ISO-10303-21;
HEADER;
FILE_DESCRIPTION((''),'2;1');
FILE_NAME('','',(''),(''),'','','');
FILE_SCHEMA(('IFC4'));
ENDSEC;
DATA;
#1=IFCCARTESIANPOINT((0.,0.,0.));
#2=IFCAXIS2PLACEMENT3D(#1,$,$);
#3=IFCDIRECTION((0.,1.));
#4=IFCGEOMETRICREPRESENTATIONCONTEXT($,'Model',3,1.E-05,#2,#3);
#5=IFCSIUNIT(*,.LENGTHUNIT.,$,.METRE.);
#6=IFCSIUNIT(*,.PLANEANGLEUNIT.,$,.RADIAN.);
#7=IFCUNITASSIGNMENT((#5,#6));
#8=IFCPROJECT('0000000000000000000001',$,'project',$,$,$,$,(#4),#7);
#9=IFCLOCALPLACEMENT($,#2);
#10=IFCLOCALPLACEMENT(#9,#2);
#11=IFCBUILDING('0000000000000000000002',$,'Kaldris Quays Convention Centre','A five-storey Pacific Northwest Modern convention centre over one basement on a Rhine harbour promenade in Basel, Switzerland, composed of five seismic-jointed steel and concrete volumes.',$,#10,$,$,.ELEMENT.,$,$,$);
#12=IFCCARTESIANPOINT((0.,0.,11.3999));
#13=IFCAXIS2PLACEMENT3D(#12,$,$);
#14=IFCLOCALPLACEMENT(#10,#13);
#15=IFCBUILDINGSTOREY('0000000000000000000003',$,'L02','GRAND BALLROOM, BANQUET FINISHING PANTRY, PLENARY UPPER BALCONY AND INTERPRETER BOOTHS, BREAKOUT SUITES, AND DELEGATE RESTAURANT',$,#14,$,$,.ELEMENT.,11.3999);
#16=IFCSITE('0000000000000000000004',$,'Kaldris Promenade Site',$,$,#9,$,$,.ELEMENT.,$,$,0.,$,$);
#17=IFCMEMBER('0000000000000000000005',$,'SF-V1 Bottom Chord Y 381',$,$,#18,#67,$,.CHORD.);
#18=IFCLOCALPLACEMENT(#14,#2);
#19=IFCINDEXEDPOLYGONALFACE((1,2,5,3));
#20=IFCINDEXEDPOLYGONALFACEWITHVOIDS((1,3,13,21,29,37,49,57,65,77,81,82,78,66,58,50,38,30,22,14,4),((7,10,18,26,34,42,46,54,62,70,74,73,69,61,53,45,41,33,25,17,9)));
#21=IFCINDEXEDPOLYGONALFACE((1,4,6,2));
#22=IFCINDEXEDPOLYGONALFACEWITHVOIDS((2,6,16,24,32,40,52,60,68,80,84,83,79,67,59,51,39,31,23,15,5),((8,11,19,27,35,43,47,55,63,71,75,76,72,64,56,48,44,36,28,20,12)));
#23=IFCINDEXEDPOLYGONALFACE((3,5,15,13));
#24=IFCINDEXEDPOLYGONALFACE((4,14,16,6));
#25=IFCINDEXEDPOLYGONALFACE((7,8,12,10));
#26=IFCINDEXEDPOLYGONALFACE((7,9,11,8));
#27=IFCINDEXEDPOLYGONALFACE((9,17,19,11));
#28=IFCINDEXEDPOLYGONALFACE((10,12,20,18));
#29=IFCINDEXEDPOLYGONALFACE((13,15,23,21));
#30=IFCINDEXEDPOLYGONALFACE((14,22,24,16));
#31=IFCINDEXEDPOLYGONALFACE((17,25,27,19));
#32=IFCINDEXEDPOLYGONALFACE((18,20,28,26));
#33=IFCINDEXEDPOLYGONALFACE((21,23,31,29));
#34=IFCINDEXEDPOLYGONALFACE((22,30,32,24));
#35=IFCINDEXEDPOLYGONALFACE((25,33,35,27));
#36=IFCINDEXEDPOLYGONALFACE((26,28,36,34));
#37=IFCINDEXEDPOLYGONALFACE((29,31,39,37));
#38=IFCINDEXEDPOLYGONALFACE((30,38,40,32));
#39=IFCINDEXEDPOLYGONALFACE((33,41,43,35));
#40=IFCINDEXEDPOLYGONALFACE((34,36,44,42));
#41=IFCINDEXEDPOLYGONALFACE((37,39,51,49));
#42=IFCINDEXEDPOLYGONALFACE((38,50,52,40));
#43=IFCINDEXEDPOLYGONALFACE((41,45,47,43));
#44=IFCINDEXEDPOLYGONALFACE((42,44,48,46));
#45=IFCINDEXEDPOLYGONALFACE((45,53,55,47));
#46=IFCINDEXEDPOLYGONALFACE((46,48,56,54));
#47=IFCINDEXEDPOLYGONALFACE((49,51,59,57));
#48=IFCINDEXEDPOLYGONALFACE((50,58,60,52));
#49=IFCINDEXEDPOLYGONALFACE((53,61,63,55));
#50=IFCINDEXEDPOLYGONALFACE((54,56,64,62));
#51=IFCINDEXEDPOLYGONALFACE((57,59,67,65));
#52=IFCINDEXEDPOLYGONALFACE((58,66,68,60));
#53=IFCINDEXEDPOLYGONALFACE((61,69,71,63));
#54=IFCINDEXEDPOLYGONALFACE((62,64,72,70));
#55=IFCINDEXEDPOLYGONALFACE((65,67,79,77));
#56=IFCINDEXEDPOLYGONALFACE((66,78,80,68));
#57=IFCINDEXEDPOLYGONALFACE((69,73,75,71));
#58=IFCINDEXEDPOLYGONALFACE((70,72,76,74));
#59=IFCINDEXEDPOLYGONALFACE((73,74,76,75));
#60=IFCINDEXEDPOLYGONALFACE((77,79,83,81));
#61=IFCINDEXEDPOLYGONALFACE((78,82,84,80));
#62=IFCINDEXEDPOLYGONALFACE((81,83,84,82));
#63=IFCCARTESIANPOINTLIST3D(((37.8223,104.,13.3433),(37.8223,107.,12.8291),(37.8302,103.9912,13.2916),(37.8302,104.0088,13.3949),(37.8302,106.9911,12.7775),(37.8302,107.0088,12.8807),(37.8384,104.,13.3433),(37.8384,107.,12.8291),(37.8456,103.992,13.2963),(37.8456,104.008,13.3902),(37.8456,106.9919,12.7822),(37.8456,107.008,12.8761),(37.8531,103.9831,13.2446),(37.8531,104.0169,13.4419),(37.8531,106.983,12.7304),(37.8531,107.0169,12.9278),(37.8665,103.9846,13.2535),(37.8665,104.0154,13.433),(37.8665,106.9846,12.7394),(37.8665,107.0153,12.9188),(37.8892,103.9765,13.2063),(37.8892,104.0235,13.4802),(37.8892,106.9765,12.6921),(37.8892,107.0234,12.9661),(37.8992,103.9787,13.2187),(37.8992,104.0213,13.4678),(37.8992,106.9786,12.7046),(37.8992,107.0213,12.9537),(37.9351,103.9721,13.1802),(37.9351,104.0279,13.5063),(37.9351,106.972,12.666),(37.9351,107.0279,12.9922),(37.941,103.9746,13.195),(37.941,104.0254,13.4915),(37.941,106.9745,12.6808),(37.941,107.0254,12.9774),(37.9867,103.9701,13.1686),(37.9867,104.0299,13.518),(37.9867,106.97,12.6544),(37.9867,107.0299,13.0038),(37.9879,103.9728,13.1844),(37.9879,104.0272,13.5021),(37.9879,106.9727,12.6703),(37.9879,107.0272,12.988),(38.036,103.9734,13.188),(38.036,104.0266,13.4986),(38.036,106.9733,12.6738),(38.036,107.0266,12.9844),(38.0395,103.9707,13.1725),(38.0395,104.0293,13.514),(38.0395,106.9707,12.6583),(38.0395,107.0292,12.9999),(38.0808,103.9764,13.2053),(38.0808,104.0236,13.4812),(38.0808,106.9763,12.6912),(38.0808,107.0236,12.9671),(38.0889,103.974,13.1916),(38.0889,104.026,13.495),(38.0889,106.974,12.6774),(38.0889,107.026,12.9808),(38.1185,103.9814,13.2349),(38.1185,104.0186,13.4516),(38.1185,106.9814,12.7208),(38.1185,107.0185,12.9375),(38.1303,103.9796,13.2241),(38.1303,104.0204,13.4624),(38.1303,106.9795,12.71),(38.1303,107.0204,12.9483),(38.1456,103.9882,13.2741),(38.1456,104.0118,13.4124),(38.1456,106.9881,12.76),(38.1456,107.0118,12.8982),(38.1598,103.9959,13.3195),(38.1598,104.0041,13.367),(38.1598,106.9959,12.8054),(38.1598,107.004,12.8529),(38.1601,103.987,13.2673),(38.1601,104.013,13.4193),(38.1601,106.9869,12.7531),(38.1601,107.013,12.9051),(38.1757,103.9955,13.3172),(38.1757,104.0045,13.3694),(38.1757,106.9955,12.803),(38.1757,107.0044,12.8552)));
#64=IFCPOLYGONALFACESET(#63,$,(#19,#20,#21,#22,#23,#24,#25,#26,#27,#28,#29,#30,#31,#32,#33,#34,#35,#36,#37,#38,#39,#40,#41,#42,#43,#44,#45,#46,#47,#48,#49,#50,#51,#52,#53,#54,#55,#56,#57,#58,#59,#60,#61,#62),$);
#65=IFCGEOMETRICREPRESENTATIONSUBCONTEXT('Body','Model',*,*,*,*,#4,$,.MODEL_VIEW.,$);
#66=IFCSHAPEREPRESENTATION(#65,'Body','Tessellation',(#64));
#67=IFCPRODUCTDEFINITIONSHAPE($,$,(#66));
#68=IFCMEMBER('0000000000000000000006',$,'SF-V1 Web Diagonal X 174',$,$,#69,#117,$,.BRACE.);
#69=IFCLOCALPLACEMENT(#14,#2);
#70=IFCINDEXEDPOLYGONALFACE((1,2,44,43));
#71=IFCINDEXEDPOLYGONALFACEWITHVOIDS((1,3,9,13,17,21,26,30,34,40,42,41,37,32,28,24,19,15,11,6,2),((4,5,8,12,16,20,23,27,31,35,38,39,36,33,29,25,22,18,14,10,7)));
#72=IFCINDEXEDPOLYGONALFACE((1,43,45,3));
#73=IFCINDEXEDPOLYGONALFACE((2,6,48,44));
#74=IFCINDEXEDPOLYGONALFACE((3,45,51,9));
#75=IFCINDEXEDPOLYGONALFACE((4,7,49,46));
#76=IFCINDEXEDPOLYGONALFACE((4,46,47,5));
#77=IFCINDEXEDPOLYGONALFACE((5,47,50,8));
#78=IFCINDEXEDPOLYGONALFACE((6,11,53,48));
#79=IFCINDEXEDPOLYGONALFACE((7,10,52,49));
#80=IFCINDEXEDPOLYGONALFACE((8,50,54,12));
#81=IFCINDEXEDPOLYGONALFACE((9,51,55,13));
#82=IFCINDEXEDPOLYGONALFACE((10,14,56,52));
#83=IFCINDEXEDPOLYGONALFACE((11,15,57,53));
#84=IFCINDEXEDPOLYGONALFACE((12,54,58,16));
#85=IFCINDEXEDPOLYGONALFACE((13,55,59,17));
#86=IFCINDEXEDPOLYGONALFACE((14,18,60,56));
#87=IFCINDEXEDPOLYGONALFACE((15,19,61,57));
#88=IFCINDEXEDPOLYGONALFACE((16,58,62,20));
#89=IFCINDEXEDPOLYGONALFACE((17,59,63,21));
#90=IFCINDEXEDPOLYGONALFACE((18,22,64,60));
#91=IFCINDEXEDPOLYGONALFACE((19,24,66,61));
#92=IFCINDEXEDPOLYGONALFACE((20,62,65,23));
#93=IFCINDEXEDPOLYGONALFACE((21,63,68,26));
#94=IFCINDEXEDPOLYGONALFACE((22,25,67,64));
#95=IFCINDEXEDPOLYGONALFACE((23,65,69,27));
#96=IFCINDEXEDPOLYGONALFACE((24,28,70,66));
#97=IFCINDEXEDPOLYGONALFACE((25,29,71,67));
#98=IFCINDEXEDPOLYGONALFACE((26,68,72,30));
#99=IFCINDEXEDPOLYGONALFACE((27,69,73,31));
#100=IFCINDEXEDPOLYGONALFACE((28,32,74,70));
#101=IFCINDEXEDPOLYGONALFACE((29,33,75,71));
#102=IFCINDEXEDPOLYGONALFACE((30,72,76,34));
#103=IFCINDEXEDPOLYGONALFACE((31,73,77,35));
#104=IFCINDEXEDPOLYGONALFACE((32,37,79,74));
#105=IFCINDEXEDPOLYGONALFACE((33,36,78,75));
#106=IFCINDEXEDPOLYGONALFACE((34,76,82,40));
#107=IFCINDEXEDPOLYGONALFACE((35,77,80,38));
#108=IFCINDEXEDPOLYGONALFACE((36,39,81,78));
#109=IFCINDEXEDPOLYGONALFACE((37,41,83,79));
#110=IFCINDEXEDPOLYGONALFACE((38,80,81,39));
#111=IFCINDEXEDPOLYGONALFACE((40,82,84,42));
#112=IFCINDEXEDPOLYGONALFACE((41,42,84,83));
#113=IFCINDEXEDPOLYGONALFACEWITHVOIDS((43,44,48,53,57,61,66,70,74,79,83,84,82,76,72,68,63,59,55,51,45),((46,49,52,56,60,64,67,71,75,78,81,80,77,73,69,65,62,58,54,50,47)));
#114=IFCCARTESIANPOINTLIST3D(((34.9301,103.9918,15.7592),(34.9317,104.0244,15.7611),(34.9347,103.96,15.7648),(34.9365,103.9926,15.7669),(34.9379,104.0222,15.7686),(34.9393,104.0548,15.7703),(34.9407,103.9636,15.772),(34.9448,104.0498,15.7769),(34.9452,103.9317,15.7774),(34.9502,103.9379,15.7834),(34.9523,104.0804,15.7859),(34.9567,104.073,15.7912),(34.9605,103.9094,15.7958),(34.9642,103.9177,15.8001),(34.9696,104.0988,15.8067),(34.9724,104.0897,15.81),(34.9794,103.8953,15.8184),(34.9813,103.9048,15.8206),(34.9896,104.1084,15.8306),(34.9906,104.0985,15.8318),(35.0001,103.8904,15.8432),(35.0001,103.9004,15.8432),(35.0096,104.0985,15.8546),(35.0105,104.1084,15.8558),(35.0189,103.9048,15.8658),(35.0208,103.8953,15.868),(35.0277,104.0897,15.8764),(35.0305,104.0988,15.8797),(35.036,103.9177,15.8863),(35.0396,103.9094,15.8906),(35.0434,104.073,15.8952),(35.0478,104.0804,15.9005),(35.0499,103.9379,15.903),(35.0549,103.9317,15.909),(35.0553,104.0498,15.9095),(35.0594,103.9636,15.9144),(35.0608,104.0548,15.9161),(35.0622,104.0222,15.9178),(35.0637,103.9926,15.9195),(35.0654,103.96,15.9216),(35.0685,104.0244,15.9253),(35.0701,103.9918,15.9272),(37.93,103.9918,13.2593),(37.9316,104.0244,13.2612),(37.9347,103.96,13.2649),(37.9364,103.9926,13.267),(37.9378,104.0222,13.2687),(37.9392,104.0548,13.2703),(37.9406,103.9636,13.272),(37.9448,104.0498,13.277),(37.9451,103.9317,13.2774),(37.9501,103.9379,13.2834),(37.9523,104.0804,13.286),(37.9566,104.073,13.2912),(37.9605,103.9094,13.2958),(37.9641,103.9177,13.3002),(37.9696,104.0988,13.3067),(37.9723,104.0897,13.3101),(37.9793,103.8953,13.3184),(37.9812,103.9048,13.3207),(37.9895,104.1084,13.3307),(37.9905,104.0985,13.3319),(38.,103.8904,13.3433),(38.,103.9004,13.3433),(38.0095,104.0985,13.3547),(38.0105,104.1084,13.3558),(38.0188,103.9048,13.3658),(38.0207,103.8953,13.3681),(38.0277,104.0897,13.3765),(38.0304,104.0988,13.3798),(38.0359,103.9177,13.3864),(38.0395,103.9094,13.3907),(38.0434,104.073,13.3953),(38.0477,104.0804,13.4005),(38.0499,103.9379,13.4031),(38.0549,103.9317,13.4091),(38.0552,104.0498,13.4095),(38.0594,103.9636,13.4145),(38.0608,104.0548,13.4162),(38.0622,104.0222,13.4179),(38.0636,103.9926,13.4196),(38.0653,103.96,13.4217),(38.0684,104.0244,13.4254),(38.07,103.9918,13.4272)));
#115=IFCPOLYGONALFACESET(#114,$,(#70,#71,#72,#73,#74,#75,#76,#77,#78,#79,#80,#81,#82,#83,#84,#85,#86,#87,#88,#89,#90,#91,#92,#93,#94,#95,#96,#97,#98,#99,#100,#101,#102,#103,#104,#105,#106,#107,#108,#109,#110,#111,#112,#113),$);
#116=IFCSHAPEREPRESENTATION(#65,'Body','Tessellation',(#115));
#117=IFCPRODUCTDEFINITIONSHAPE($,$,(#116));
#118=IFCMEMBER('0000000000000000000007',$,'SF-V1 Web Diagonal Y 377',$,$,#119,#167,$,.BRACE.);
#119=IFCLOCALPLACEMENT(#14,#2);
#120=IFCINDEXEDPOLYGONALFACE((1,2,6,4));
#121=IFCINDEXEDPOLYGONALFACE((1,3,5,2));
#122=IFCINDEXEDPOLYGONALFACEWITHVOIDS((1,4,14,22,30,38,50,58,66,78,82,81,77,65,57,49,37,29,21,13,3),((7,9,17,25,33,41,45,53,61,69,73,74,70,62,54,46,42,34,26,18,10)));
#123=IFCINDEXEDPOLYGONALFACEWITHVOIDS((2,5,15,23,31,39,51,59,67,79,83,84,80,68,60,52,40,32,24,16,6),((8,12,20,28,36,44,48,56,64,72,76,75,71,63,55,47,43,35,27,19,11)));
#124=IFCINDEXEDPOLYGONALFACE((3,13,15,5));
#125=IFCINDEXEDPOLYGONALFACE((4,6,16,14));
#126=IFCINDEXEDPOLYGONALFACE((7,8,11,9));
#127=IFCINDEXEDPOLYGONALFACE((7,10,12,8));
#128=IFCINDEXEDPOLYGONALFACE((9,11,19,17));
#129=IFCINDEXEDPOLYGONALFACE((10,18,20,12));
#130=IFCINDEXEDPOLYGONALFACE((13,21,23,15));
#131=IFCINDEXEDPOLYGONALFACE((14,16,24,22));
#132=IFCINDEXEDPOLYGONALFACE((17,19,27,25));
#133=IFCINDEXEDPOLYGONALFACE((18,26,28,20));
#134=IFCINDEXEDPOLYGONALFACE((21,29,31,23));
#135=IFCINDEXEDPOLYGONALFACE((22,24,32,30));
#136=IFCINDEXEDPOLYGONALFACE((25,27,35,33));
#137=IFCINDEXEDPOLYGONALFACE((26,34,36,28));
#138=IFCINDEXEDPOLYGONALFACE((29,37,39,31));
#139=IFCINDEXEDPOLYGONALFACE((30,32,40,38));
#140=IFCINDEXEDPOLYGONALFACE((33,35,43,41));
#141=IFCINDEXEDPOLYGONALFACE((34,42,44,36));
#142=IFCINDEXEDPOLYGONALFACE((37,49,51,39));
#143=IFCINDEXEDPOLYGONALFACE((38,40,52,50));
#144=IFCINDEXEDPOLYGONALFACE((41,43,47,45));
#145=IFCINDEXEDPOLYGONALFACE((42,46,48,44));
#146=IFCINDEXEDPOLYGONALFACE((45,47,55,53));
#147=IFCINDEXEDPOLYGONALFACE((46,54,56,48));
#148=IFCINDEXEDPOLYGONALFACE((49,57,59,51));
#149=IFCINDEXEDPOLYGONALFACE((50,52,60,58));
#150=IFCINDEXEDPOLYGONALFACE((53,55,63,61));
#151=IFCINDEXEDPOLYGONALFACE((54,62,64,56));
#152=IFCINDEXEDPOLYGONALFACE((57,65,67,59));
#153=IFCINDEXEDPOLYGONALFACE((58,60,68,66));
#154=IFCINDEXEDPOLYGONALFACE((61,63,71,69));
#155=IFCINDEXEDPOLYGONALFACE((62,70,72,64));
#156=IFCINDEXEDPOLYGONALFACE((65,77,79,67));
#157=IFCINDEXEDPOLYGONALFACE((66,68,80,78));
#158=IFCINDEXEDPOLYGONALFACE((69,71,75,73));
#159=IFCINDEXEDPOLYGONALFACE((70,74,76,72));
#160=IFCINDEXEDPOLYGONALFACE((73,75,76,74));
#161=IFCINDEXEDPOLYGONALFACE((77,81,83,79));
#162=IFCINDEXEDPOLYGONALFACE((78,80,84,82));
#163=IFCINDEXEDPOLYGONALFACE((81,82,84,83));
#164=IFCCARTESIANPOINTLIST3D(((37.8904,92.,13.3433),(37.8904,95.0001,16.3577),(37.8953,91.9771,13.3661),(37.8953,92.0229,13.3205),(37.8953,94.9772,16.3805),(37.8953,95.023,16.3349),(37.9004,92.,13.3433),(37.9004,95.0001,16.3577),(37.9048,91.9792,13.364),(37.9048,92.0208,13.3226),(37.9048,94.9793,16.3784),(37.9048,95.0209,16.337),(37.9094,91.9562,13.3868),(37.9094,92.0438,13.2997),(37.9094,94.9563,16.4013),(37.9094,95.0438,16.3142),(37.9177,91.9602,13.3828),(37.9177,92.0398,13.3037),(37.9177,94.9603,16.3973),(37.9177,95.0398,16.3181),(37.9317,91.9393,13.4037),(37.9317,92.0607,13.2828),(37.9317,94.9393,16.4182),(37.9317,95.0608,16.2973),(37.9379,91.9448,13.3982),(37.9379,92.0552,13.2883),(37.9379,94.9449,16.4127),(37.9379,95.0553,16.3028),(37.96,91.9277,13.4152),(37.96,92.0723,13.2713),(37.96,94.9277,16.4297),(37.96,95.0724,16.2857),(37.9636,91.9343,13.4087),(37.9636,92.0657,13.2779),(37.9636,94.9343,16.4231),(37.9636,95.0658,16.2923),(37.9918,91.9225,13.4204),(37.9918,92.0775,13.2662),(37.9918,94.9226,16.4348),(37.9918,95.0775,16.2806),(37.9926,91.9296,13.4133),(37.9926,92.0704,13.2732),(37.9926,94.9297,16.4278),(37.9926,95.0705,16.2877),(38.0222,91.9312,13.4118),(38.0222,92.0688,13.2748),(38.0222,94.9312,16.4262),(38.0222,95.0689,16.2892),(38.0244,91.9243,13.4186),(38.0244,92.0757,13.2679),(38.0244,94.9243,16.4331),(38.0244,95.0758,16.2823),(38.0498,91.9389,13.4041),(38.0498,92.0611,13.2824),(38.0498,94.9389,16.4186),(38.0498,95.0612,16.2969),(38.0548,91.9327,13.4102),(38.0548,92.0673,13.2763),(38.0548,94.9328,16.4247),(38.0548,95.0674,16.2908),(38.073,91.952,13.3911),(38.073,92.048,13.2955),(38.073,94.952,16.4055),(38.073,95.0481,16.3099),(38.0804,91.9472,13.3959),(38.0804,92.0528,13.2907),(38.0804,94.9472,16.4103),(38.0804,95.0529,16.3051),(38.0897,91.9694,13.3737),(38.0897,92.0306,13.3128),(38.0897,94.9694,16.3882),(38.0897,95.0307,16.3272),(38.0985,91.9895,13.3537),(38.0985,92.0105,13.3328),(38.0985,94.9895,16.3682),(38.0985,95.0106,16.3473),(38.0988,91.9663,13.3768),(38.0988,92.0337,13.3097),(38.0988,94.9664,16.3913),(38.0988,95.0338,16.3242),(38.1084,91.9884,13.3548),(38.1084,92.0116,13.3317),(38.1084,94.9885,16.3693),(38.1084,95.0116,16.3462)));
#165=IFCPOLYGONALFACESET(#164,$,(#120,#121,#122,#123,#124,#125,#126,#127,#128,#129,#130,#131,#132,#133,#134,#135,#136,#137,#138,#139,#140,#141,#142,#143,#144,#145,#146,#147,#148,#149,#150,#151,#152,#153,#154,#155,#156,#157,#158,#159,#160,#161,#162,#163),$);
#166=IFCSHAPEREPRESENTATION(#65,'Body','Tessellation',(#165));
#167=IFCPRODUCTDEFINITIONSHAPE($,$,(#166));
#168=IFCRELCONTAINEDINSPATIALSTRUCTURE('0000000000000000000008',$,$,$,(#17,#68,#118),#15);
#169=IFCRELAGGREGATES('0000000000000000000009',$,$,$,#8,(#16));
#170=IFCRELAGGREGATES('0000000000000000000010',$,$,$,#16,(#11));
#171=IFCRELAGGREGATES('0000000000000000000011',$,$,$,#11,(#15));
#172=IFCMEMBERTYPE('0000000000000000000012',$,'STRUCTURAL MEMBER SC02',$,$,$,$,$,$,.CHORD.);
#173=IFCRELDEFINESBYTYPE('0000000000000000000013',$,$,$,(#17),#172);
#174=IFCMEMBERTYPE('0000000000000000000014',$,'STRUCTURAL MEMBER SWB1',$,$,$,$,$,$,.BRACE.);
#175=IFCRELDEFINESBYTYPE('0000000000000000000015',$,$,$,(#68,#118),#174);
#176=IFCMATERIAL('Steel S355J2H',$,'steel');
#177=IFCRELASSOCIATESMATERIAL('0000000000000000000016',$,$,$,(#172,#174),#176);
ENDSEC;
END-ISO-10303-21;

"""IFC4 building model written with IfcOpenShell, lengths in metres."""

from ifc_helpers import new_model, si_unit, direction, frame, origin, origin_2d, place, context, subcontext, project, spatial, hollow_circle, extrude, material, material_profile, profile_set, type_object, element, save


model = new_model("IFC4")

# Units and contexts
model_context = context("Model", 3, precision=1e-05, world=origin(), true_north=direction((0.0, 1.0)))
body_context = subcontext(model_context, "Body", "Model", "MODEL_VIEW")
ifc_project = project(units=[si_unit("LENGTHUNIT", "METRE"), si_unit("PLANEANGLEUNIT", "RADIAN")], contexts=[model_context])

# Site, building, storey
site_placement = place(None, origin())
site = spatial("IfcSite", under=ifc_project, at=site_placement, Name="Kaldris Promenade Site", CompositionType="ELEMENT", RefElevation=0.0)
building_placement = place(site_placement, origin())
building = spatial("IfcBuilding", under=site, at=building_placement, Name="Kaldris Quays Convention Centre", Description="A five-storey Pacific Northwest Modern convention centre over one basement on a Rhine harbour promenade in Basel, Switzerland, composed of five seismic-jointed steel and concrete volumes.", CompositionType="ELEMENT")
storey_placement = place(building_placement, frame((0.0, 0.0, 11.3999)))
storey = spatial("IfcBuildingStorey", under=building, at=storey_placement, Name="L02", Description="GRAND BALLROOM, BANQUET FINISHING PANTRY, PLENARY UPPER BALCONY AND INTERPRETER BOOTHS, BREAKOUT SUITES, AND DELEGATE RESTAURANT", CompositionType="ELEMENT", Elevation=11.3999)

# Members
ifc_material_1 = material(Name="Steel S355J2H", Category="steel")
ifc_material_profile_1 = material_profile(ifc_material_1, hollow_circle(Radius=0.1777, WallThickness=0.0161, at=origin_2d()), Name="CHS 355.6x16")
ifc_profile_set_1 = profile_set([ifc_material_profile_1], Name="Steel S355J2H")
member_type_1 = type_object("IfcMemberType", Name="STRUCTURAL MEMBER SC02", PredefinedType="CHORD", material=ifc_profile_set_1)
for number, where, z_axis, x_axis, name in (
    (1, (38.0, 104.0, 13.3433), (0.0, 0.985629, -0.168924), (-1.0, 0.0, 0.0), "SF-V1 Bottom Chord Y 381"),
):
    element("IfcMember", number, at=place(storey_placement, frame(where, z_axis=z_axis, x_axis=x_axis)), inside=storey, type_object=member_type_1, Name=name, PredefinedType="CHORD", context=body_context, shape_type="SweptSolid", body=[
        extrude(hollow_circle(Radius=0.1777, WallThickness=0.0161, at=origin_2d()), origin(), (0.0, 0.0, 1.0), 3.0437),
    ])
ifc_material_profile_2 = material_profile(ifc_material_1, hollow_circle(Radius=0.1096, WallThickness=0.01, at=origin_2d()), Name="CHS 219.1x10")
ifc_profile_set_2 = profile_set([ifc_material_profile_2], Name="Steel S355J2H")
member_type_2 = type_object("IfcMemberType", Name="STRUCTURAL MEMBER SWB1", PredefinedType="BRACE", material=ifc_profile_set_2)
member_1_placement = place(storey_placement, frame((38.0, 104.0, 13.3433), z_axis=(-0.768221, 0.0, 0.640184), x_axis=(0.0, -1.0, 0.0)))
element("IfcMember", 2, at=member_1_placement, inside=storey, type_object=member_type_2, Name="SF-V1 Web Diagonal X 174", PredefinedType="BRACE", context=body_context, shape_type="SweptSolid", body=[
    extrude(hollow_circle(Radius=0.1096, WallThickness=0.01, at=origin_2d()), origin(), (0.0, 0.0, 1.0), 3.905),
])
member_2_placement = place(storey_placement, frame((38.0, 92.0, 13.3433), z_axis=(0.0, 0.705411, 0.708798), x_axis=(-1.0, 0.0, 0.0)))
element("IfcMember", 3, at=member_2_placement, inside=storey, type_object=member_type_2, Name="SF-V1 Web Diagonal Y 377", PredefinedType="BRACE", context=body_context, shape_type="SweptSolid", body=[
    extrude(hollow_circle(Radius=0.1096, WallThickness=0.01, at=origin_2d()), origin(), (0.0, 0.0, 1.0), 4.2529),
])

save(model, "model.ifc")
